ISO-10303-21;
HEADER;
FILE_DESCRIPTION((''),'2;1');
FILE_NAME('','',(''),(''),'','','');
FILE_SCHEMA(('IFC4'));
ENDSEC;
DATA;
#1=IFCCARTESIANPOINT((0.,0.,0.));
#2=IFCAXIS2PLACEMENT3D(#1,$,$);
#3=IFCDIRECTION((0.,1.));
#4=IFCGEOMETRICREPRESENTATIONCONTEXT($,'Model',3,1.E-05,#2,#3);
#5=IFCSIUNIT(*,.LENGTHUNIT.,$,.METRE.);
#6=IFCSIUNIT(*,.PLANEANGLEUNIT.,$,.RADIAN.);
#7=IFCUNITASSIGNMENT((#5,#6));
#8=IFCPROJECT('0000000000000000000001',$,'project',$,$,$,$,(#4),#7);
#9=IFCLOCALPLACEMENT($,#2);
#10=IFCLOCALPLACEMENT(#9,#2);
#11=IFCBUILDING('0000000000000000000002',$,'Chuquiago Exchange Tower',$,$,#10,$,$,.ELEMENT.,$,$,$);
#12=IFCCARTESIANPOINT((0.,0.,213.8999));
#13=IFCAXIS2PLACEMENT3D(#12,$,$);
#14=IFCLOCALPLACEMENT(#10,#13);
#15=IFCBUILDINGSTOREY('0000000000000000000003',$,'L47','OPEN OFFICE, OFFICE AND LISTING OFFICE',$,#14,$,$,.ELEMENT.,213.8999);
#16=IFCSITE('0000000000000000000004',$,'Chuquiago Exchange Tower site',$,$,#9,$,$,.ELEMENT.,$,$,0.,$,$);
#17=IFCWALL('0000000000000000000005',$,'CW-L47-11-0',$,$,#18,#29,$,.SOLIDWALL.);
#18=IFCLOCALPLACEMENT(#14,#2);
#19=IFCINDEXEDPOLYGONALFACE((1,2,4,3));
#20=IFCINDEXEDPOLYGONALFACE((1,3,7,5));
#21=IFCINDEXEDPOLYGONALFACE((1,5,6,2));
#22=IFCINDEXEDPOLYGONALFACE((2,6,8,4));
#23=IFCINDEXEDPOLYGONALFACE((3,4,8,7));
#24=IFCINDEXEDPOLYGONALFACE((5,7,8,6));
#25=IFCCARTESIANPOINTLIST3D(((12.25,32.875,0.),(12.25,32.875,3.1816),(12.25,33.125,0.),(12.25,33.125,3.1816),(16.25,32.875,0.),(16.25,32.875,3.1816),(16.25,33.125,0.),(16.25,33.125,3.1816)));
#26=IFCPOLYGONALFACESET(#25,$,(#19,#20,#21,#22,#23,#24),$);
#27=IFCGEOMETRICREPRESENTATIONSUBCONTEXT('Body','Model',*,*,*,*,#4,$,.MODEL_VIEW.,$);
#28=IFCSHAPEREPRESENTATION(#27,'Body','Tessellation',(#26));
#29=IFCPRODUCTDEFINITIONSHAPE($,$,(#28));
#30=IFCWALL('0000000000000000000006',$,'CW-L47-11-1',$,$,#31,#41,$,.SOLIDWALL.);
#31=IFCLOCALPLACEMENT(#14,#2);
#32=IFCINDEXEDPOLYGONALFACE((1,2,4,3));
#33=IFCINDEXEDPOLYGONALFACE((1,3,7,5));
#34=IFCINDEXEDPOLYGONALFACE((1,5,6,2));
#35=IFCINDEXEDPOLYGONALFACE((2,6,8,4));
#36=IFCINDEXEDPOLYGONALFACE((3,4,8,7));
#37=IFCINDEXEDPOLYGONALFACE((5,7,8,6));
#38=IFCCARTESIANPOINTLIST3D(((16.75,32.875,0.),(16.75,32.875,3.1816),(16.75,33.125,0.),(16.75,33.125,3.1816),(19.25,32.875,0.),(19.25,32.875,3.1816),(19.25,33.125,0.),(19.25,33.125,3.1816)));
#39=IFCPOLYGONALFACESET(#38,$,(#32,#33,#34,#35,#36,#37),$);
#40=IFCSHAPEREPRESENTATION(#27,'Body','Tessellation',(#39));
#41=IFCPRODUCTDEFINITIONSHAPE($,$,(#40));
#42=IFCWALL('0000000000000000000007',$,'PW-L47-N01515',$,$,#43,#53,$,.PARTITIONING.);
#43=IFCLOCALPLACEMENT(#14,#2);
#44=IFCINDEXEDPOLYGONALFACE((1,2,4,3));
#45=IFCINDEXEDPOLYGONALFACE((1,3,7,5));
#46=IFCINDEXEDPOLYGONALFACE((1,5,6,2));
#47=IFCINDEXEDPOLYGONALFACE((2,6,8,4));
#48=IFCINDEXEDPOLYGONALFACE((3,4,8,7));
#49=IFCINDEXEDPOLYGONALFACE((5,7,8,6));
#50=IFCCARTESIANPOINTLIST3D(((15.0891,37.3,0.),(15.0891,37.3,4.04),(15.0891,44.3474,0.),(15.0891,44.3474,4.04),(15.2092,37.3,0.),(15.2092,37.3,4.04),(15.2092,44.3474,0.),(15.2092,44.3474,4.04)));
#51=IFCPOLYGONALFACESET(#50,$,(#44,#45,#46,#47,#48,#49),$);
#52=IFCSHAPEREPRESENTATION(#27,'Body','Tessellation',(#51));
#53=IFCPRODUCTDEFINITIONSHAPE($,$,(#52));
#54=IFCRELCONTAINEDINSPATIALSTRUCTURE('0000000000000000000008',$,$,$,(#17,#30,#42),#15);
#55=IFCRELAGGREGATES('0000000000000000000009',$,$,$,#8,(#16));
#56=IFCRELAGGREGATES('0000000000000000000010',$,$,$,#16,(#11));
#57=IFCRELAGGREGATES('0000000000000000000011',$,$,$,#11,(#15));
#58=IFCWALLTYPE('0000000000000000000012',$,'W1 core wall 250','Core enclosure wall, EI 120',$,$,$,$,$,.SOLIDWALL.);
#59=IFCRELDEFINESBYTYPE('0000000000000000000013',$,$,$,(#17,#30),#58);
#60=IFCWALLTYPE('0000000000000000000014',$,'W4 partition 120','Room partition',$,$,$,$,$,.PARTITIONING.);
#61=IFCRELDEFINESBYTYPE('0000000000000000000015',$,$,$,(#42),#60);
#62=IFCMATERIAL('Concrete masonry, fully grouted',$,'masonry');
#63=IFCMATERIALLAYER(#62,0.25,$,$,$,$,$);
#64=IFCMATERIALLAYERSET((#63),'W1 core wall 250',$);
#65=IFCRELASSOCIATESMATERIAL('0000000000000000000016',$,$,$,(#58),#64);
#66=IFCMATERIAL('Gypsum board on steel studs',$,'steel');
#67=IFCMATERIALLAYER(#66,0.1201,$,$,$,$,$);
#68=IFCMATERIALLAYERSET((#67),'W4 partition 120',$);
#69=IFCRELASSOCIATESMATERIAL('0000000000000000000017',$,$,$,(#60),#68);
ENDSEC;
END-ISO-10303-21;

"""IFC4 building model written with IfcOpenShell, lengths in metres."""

from ifc_helpers import new_model, si_unit, direction, frame, frame_2d, origin, place, context, subcontext, project, spatial, rectangle, extrude, material, layer, layer_set, type_object, element, save


model = new_model("IFC4")

# Units and contexts
model_context = context("Model", 3, precision=1e-05, world=origin(), true_north=direction((0.0, 1.0)))
body_context = subcontext(model_context, "Body", "Model", "MODEL_VIEW")
ifc_project = project(units=[si_unit("LENGTHUNIT", "METRE"), si_unit("PLANEANGLEUNIT", "RADIAN")], contexts=[model_context])

# Site, building, storey
site_placement = place(None, origin())
site = spatial("IfcSite", under=ifc_project, at=site_placement, Name="Chuquiago Exchange Tower site", CompositionType="ELEMENT", RefElevation=0.0)
building_placement = place(site_placement, origin())
building = spatial("IfcBuilding", under=site, at=building_placement, Name="Chuquiago Exchange Tower", CompositionType="ELEMENT")
storey_placement = place(building_placement, frame((0.0, 0.0, 213.8999)))
storey = spatial("IfcBuildingStorey", under=building, at=storey_placement, Name="L47", Description="OPEN OFFICE, OFFICE AND LISTING OFFICE", CompositionType="ELEMENT", Elevation=213.8999)

# Walls
ifc_material_1 = material(Name="Concrete masonry, fully grouted", Category="masonry")
ifc_layer_1 = layer(ifc_material_1, 0.25)
ifc_layer_set_1 = layer_set([ifc_layer_1], Name="W1 core wall 250")
wall_type_1 = type_object("IfcWallType", Name="W1 core wall 250", Description="Core enclosure wall, EI 120", PredefinedType="SOLIDWALL", material=ifc_layer_set_1)
wall_1_placement = place(storey_placement, frame((12.25, 33.0, 0.0), z_axis=(0.0, 0.0, 1.0), x_axis=(1.0, 0.0, 0.0)))
element("IfcWall", 1, at=wall_1_placement, inside=storey, type_object=wall_type_1, Name="CW-L47-11-0", PredefinedType="SOLIDWALL", context=body_context, shape_type="SweptSolid", body=[
    extrude(rectangle(XDim=4.0, YDim=0.25, at=frame_2d((2.0, 0.0))), origin(), (0.0, 0.0, 1.0), 3.1816),
])
wall_2_placement = place(storey_placement, frame((16.75, 33.0, 0.0), z_axis=(0.0, 0.0, 1.0), x_axis=(1.0, 0.0, 0.0)))
element("IfcWall", 2, at=wall_2_placement, inside=storey, type_object=wall_type_1, Name="CW-L47-11-1", PredefinedType="SOLIDWALL", context=body_context, shape_type="SweptSolid", body=[
    extrude(rectangle(XDim=2.5, YDim=0.25, at=frame_2d((1.25, 0.0))), origin(), (0.0, 0.0, 1.0), 3.1816),
])
ifc_material_2 = material(Name="Gypsum board on steel studs", Category="steel")
ifc_layer_2 = layer(ifc_material_2, 0.1201)
ifc_layer_set_2 = layer_set([ifc_layer_2], Name="W4 partition 120")
wall_type_2 = type_object("IfcWallType", Name="W4 partition 120", Description="Room partition", PredefinedType="PARTITIONING", material=ifc_layer_set_2)
wall_3_placement = place(storey_placement, frame((15.1492, 44.3474, 0.0), z_axis=(0.0, 0.0, 1.0), x_axis=(0.0, -1.0, 0.0)))
element("IfcWall", 3, at=wall_3_placement, inside=storey, type_object=wall_type_2, Name="PW-L47-N01515", PredefinedType="PARTITIONING", context=body_context, shape_type="SweptSolid", body=[
    extrude(rectangle(XDim=7.0474, YDim=0.1201, at=frame_2d((3.5237, 0.0))), origin(), (0.0, 0.0, 1.0), 4.04),
])

save(model, "model.ifc")
